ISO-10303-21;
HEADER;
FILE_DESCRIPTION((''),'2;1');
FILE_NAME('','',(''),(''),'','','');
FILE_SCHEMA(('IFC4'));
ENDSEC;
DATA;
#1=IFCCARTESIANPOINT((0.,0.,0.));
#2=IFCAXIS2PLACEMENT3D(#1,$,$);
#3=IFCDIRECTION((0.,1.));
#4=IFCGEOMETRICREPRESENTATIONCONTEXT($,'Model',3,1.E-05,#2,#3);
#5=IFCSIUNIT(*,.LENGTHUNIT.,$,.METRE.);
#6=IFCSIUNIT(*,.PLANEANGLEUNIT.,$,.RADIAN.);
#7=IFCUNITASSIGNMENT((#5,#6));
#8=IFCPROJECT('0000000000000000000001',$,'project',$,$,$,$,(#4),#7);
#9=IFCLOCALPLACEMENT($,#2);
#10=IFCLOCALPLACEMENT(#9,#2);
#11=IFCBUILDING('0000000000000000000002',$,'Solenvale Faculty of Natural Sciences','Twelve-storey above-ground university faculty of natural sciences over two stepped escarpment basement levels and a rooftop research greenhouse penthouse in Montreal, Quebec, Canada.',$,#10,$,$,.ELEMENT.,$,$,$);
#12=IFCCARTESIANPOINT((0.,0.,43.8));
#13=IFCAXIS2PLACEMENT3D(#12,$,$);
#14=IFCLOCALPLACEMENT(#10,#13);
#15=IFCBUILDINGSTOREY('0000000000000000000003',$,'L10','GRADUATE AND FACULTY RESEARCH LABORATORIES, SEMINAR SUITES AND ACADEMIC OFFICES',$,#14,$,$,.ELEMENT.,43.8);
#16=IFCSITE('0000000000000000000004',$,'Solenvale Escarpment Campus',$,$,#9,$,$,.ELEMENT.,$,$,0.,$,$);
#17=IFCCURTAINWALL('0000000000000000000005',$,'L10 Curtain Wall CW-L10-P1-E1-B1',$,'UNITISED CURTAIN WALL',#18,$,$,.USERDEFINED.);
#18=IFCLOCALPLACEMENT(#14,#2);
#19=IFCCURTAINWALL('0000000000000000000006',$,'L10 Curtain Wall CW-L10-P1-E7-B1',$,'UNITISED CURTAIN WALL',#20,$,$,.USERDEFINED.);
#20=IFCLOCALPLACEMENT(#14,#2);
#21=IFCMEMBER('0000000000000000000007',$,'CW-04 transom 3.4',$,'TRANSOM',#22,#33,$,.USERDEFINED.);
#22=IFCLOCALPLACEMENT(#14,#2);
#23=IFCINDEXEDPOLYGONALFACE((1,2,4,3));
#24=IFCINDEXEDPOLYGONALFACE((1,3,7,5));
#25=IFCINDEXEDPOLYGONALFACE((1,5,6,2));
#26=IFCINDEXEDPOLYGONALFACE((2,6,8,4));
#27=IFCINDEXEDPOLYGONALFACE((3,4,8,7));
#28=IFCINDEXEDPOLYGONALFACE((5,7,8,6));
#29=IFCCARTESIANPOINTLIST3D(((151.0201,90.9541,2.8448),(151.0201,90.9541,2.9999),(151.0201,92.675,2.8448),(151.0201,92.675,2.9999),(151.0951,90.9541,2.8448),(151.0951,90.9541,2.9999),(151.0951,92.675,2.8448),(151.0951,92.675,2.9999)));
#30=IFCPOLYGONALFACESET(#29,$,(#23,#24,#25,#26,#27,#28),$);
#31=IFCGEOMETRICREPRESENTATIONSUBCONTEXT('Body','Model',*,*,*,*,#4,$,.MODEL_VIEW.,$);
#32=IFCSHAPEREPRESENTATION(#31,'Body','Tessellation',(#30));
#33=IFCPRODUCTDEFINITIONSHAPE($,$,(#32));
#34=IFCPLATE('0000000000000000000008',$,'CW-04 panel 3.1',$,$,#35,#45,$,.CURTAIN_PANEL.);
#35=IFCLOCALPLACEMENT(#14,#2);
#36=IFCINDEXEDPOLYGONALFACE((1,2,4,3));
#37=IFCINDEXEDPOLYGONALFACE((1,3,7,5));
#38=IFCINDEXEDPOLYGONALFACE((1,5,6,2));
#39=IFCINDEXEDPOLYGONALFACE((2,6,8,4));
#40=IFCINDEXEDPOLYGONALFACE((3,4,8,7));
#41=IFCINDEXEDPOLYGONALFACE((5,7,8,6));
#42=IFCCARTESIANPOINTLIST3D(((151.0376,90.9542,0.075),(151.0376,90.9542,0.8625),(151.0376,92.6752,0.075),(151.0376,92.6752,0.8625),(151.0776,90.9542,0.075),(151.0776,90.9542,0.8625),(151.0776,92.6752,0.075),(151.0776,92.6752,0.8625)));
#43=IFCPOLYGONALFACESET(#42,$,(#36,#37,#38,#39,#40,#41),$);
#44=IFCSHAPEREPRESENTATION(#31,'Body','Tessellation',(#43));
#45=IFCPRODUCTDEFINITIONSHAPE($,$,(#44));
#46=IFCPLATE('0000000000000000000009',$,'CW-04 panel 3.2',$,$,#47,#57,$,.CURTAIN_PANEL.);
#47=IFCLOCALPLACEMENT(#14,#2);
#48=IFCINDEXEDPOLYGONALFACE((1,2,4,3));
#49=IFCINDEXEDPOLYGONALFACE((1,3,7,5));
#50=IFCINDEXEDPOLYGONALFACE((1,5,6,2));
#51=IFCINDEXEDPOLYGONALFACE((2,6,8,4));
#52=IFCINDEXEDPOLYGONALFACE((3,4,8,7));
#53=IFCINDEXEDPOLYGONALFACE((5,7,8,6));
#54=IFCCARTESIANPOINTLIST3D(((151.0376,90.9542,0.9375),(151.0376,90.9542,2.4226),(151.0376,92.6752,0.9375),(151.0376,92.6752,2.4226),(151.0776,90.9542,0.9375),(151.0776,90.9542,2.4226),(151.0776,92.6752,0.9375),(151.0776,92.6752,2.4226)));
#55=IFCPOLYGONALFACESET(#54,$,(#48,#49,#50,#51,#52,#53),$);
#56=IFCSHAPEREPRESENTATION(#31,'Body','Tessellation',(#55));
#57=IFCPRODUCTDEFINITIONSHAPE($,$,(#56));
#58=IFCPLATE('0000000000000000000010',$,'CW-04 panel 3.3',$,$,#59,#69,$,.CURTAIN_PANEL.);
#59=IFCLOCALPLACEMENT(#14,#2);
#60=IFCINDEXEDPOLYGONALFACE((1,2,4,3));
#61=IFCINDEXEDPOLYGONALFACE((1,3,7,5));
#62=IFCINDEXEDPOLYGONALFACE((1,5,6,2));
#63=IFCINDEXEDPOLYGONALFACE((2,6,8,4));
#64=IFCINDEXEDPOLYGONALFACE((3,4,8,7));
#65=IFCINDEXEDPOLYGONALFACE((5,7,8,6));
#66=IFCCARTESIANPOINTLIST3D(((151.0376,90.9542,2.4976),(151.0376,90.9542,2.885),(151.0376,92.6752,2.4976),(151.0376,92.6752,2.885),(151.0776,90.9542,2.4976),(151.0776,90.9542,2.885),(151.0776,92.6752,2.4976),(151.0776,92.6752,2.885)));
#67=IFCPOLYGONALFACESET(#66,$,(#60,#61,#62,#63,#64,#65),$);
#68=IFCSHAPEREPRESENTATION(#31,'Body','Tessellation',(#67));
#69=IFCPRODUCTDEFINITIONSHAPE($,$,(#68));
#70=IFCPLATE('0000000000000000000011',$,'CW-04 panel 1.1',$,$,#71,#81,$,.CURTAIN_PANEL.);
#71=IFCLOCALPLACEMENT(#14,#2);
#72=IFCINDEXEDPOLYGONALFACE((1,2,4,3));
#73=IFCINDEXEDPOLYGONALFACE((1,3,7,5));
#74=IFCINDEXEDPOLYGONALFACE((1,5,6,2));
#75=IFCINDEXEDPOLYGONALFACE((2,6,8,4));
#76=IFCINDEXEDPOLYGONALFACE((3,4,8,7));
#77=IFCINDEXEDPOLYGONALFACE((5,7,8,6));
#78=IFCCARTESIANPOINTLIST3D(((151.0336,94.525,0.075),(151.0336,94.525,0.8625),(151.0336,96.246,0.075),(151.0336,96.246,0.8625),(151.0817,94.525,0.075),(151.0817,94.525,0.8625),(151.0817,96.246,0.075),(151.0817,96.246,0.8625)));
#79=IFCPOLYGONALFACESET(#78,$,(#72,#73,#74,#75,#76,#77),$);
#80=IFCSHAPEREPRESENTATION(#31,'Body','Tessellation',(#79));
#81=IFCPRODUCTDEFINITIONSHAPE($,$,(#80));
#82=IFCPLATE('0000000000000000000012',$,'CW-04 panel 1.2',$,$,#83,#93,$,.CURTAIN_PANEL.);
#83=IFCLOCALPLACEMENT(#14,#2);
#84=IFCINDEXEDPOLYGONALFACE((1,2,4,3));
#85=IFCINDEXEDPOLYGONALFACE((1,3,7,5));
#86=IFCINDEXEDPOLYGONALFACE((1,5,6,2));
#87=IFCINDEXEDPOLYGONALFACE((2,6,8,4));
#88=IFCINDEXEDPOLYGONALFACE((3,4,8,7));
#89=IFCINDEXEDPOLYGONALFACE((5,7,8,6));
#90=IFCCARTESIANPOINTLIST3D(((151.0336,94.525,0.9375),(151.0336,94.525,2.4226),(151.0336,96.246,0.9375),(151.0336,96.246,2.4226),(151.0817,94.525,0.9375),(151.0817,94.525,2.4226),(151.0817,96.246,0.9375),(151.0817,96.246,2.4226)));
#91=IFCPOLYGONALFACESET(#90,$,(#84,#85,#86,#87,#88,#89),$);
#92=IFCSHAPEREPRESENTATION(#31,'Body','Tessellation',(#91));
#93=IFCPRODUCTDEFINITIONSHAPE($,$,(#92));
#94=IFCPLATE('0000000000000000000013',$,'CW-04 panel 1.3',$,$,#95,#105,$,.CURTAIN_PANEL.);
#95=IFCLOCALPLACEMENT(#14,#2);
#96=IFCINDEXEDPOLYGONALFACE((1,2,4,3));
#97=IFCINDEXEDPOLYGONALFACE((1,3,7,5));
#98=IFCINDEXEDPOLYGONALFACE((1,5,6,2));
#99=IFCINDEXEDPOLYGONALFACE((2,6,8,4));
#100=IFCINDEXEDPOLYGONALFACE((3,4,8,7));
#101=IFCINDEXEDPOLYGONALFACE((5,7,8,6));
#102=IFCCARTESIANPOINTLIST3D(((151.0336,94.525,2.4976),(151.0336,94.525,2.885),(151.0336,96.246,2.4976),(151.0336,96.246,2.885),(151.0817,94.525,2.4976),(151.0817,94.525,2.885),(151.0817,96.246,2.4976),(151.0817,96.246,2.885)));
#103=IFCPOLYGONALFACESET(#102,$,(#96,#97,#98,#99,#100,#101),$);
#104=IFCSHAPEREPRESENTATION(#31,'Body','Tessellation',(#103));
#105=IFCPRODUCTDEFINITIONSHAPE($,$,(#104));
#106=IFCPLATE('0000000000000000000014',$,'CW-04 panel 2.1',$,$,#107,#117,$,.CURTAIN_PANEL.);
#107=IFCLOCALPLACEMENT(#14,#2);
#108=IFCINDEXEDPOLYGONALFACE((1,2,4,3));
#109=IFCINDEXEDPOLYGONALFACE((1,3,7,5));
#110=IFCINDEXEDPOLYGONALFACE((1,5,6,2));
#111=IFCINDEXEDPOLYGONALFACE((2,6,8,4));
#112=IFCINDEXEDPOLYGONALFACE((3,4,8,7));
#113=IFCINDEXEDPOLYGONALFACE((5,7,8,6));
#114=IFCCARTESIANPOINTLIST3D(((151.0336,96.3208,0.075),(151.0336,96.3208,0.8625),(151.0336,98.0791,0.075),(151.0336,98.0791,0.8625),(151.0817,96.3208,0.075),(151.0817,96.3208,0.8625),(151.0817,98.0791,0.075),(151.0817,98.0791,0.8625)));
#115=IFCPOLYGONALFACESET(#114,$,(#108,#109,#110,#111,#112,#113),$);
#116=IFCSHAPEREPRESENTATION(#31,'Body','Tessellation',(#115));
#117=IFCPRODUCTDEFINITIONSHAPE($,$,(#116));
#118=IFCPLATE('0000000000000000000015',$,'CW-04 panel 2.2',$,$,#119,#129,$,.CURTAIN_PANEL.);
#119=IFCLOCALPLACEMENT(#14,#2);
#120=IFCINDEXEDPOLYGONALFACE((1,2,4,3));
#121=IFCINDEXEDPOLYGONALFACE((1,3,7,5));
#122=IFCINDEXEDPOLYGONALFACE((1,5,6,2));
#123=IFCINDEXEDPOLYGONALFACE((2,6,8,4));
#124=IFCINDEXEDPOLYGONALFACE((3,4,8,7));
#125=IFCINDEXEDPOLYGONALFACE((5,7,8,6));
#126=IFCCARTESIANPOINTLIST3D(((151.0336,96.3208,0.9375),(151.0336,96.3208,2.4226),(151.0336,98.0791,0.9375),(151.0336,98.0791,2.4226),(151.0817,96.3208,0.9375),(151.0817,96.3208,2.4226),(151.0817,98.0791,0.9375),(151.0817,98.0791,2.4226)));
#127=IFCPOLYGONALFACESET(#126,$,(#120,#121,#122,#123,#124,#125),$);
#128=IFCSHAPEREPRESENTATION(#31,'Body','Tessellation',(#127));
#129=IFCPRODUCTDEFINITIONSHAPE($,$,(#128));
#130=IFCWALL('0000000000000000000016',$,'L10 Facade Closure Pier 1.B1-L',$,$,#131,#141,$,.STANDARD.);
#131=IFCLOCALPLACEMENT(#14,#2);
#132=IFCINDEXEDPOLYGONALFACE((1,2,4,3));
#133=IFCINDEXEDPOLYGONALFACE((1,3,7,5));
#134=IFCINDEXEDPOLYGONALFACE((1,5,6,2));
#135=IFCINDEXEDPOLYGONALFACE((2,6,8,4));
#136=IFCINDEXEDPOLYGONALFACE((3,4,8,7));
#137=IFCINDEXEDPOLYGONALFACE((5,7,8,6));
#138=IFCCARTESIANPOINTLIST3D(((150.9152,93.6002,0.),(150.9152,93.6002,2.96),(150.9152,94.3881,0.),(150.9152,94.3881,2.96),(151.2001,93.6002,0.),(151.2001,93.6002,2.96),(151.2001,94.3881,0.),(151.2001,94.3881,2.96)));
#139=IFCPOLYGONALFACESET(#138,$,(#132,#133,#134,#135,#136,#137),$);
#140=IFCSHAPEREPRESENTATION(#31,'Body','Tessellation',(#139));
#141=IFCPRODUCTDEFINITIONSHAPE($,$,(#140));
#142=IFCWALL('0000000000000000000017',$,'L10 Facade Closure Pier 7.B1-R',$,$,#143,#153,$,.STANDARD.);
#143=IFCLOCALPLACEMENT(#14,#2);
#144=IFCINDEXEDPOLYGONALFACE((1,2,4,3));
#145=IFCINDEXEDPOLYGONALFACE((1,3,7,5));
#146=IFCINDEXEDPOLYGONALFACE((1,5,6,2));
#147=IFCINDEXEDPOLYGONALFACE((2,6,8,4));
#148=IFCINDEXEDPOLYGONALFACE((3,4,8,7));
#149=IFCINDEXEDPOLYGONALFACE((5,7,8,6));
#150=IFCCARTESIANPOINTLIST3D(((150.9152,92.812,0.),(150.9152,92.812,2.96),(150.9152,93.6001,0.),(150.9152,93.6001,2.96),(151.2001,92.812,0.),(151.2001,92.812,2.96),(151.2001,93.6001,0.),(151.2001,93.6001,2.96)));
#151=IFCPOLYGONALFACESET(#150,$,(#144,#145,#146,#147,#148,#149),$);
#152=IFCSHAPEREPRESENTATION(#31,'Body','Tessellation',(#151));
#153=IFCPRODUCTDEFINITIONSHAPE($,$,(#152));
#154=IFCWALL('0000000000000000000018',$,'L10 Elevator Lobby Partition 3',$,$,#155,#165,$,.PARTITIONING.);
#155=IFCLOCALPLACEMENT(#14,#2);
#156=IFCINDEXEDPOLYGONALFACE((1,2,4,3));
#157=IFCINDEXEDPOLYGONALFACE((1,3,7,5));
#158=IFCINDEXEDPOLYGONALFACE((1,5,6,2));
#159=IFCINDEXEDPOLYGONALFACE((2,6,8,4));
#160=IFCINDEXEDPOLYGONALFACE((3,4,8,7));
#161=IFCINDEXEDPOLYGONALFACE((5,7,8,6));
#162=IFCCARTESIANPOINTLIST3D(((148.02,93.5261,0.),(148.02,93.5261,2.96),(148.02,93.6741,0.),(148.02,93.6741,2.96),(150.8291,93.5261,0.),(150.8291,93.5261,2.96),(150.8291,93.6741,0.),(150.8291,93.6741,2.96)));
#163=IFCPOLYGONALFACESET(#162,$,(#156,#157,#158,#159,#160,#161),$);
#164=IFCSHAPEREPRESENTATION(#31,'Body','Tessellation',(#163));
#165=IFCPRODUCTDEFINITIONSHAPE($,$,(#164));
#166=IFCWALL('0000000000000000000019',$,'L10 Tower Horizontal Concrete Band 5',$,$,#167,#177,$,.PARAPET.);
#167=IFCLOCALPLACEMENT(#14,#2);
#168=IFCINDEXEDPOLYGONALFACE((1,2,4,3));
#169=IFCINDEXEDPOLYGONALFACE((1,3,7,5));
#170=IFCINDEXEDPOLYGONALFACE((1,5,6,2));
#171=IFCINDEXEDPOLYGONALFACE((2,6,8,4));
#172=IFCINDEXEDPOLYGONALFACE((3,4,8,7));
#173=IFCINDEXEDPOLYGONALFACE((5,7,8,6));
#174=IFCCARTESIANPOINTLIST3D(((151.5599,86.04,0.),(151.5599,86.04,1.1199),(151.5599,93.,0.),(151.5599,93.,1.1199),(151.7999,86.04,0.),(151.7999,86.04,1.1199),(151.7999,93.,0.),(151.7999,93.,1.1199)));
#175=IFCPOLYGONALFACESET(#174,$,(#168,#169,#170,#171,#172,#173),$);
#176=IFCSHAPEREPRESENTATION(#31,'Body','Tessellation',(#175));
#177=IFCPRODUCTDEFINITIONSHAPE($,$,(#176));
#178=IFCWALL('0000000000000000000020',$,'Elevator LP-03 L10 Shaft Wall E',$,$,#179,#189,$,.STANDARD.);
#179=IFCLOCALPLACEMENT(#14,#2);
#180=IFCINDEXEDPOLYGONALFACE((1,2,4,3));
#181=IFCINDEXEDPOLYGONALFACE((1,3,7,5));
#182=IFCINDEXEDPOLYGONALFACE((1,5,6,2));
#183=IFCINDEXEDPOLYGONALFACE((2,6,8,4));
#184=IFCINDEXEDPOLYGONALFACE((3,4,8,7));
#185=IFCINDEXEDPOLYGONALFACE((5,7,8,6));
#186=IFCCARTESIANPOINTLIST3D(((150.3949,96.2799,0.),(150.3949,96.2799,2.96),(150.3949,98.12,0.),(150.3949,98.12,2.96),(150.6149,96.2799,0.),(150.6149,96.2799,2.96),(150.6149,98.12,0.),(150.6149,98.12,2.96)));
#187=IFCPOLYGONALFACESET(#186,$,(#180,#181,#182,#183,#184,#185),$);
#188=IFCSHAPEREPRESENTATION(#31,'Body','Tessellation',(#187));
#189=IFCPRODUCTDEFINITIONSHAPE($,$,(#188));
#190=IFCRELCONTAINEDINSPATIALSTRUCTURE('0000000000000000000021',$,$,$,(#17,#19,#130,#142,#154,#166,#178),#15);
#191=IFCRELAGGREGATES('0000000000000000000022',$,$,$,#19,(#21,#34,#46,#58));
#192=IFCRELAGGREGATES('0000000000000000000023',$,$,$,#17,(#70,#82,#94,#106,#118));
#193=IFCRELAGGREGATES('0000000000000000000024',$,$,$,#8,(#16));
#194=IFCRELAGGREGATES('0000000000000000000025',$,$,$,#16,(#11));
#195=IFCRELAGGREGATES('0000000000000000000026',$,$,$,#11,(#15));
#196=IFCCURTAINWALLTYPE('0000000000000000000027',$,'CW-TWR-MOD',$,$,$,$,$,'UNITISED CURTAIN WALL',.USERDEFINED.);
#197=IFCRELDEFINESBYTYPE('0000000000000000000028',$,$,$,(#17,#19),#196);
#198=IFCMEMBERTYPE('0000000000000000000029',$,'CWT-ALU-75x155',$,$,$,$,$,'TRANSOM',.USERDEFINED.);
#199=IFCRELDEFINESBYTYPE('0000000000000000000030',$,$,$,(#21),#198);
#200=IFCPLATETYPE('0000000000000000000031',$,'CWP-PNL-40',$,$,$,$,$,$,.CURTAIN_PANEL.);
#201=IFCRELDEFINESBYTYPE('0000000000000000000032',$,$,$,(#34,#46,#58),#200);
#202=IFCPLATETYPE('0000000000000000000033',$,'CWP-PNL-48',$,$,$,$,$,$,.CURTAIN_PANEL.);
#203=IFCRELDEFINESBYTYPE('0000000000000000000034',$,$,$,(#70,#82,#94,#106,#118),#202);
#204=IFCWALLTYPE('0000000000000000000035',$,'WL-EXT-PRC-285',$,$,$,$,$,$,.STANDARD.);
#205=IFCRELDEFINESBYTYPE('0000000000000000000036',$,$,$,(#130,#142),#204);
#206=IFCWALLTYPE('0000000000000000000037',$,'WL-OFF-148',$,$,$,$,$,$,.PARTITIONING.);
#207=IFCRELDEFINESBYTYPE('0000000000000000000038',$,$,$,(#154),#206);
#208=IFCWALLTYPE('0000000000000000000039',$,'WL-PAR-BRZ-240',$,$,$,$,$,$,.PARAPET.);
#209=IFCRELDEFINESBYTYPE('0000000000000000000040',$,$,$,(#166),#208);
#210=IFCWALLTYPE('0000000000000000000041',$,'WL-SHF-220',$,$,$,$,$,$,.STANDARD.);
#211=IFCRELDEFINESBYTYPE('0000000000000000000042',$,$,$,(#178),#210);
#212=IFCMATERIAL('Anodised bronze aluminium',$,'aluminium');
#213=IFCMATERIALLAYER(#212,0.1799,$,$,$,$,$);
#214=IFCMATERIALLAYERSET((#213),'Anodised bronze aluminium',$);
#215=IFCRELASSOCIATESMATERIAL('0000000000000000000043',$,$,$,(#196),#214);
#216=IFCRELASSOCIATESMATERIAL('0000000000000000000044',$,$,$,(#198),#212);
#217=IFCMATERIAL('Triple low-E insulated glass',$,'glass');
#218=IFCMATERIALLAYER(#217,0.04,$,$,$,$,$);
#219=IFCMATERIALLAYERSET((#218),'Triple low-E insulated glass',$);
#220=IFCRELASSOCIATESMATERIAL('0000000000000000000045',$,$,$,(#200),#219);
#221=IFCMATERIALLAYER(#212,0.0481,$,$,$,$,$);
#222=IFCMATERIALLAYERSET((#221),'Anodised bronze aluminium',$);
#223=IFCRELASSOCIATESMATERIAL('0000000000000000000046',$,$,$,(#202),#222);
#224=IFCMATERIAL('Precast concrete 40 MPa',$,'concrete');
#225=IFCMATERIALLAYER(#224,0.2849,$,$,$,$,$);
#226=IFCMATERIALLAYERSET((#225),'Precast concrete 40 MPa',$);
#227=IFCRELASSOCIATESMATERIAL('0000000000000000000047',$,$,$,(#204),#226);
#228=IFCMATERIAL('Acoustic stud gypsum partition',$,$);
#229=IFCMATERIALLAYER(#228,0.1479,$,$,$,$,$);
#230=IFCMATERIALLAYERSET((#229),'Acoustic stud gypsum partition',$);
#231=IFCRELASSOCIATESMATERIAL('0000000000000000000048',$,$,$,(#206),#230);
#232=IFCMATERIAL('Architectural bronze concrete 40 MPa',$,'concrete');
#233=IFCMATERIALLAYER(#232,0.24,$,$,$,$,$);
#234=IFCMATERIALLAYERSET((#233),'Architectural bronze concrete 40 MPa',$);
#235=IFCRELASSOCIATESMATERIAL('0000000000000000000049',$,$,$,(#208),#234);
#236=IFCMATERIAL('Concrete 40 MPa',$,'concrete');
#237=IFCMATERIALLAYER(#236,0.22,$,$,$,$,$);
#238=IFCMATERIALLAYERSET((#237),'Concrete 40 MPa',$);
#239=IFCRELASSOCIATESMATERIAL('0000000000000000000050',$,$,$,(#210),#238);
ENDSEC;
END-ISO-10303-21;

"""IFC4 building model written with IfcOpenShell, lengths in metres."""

from ifc_helpers import new_model, si_unit, direction, frame, frame_2d, origin, origin_2d, place, context, subcontext, project, spatial, rectangle, extrude, material, layer, layer_set, material_profile, profile_set, type_object, element, aggregate, save


model = new_model("IFC4")

# Units and contexts
model_context = context("Model", 3, precision=1e-05, world=origin(), true_north=direction((0.0, 1.0)))
body_context = subcontext(model_context, "Body", "Model", "MODEL_VIEW")
ifc_project = project(units=[si_unit("LENGTHUNIT", "METRE"), si_unit("PLANEANGLEUNIT", "RADIAN")], contexts=[model_context])

# Site, building, storey
site_placement = place(None, origin())
site = spatial("IfcSite", under=ifc_project, at=site_placement, Name="Solenvale Escarpment Campus", CompositionType="ELEMENT", RefElevation=0.0)
building_placement = place(site_placement, origin())
building = spatial("IfcBuilding", under=site, at=building_placement, Name="Solenvale Faculty of Natural Sciences", Description="Twelve-storey above-ground university faculty of natural sciences over two stepped escarpment basement levels and a rooftop research greenhouse penthouse in Montreal, Quebec, Canada.", CompositionType="ELEMENT")
storey_placement = place(building_placement, frame((0.0, 0.0, 43.8)))
storey = spatial("IfcBuildingStorey", under=building, at=storey_placement, Name="L10", Description="GRADUATE AND FACULTY RESEARCH LABORATORIES, SEMINAR SUITES AND ACADEMIC OFFICES", CompositionType="ELEMENT", Elevation=43.8)

# Shared definitions
ifc_material_1 = material(Name="Concrete 40 MPa", Category="concrete")

# Curtain wall
ifc_material_2 = material(Name="Anodised bronze aluminium", Category="aluminium")
ifc_layer_1 = layer(ifc_material_2, 0.1799)
ifc_layer_set_1 = layer_set([ifc_layer_1], Name="Anodised bronze aluminium")
curtain_wall_type = type_object("IfcCurtainWallType", Name="CW-TWR-MOD", ElementType="UNITISED CURTAIN WALL", PredefinedType="USERDEFINED", material=ifc_layer_set_1)
curtain_wall_1_placement = place(storey_placement, origin())
curtain_wall_1 = element("IfcCurtainWall", 1, at=curtain_wall_1_placement, inside=storey, type_object=curtain_wall_type, Name="L10 Curtain Wall CW-L10-P1-E1-B1", ObjectType="UNITISED CURTAIN WALL", PredefinedType="USERDEFINED")

# Curtain wall
curtain_wall_2_placement = place(storey_placement, origin())
curtain_wall_2 = element("IfcCurtainWall", 2, at=curtain_wall_2_placement, inside=storey, type_object=curtain_wall_type, Name="L10 Curtain Wall CW-L10-P1-E7-B1", ObjectType="UNITISED CURTAIN WALL", PredefinedType="USERDEFINED")

# Member
ifc_material_profile_1 = material_profile(ifc_material_2, rectangle(XDim=0.075, YDim=0.155, at=origin_2d()), Name="ALU-TRN-75x155")
ifc_profile_set_1 = profile_set([ifc_material_profile_1], Name="Anodised bronze aluminium")
member_type_1 = type_object("IfcMemberType", Name="CWT-ALU-75x155", ElementType="TRANSOM", PredefinedType="USERDEFINED", material=ifc_profile_set_1)
member_1_placement = place(storey_placement, frame((151.0576, 90.9541, 2.9224), z_axis=(0.0, 1.0, 0.0), x_axis=(-1.0, 0.0, 0.0)))
member_1 = element("IfcMember", 3, at=member_1_placement, type_object=member_type_1, Name="CW-04 transom 3.4", ObjectType="TRANSOM", PredefinedType="USERDEFINED", context=body_context, shape_type="SweptSolid", body=[
    extrude(rectangle(XDim=0.075, YDim=0.155, at=origin_2d()), origin(), (0.0, 0.0, 1.0), 1.7209),
])

# Plates
ifc_material_3 = material(Name="Triple low-E insulated glass", Category="glass")
ifc_layer_2 = layer(ifc_material_3, 0.04)
ifc_layer_set_2 = layer_set([ifc_layer_2], Name="Triple low-E insulated glass")
plate_type_1 = type_object("IfcPlateType", Name="CWP-PNL-40", PredefinedType="CURTAIN_PANEL", material=ifc_layer_set_2)
plate_1_placement = place(storey_placement, frame((151.0576, 91.8147, 0.075), z_axis=(0.0, 0.0, 1.0), x_axis=(0.0, 1.0, 0.0)))
plate_1 = element("IfcPlate", 4, at=plate_1_placement, type_object=plate_type_1, Name="CW-04 panel 3.1", PredefinedType="CURTAIN_PANEL", context=body_context, shape_type="SweptSolid", body=[
    extrude(rectangle(XDim=1.7209, YDim=0.04, at=origin_2d()), origin(), (0.0, 0.0, 1.0), 0.7876),
])
plate_2_placement = place(storey_placement, frame((151.0576, 91.8147, 0.9375), z_axis=(0.0, 0.0, 1.0), x_axis=(0.0, 1.0, 0.0)))
plate_2 = element("IfcPlate", 5, at=plate_2_placement, type_object=plate_type_1, Name="CW-04 panel 3.2", PredefinedType="CURTAIN_PANEL", context=body_context, shape_type="SweptSolid", body=[
    extrude(rectangle(XDim=1.7209, YDim=0.04, at=origin_2d()), origin(), (0.0, 0.0, 1.0), 1.4851),
])
plate_3_placement = place(storey_placement, frame((151.0576, 91.8147, 2.4976), z_axis=(0.0, 0.0, 1.0), x_axis=(0.0, 1.0, 0.0)))
plate_3 = element("IfcPlate", 6, at=plate_3_placement, type_object=plate_type_1, Name="CW-04 panel 3.3", PredefinedType="CURTAIN_PANEL", context=body_context, shape_type="SweptSolid", body=[
    extrude(rectangle(XDim=1.7209, YDim=0.04, at=origin_2d()), origin(), (0.0, 0.0, 1.0), 0.3875),
])
aggregate(curtain_wall_2, [member_1, plate_1, plate_2, plate_3])
ifc_layer_3 = layer(ifc_material_2, 0.0481)
ifc_layer_set_3 = layer_set([ifc_layer_3], Name="Anodised bronze aluminium")
plate_type_2 = type_object("IfcPlateType", Name="CWP-PNL-48", PredefinedType="CURTAIN_PANEL", material=ifc_layer_set_3)
plate_4_placement = place(storey_placement, frame((151.0576, 95.3855, 0.075), z_axis=(0.0, 0.0, 1.0), x_axis=(0.0, 1.0, 0.0)))
plate_4 = element("IfcPlate", 7, at=plate_4_placement, type_object=plate_type_2, Name="CW-04 panel 1.1", PredefinedType="CURTAIN_PANEL", context=body_context, shape_type="SweptSolid", body=[
    extrude(rectangle(XDim=1.7209, YDim=0.0481, at=origin_2d()), origin(), (0.0, 0.0, 1.0), 0.7876),
])
plate_5_placement = place(storey_placement, frame((151.0576, 95.3855, 0.9375), z_axis=(0.0, 0.0, 1.0), x_axis=(0.0, 1.0, 0.0)))
plate_5 = element("IfcPlate", 8, at=plate_5_placement, type_object=plate_type_2, Name="CW-04 panel 1.2", PredefinedType="CURTAIN_PANEL", context=body_context, shape_type="SweptSolid", body=[
    extrude(rectangle(XDim=1.7209, YDim=0.0481, at=origin_2d()), origin(), (0.0, 0.0, 1.0), 1.4851),
])
plate_6_placement = place(storey_placement, frame((151.0576, 95.3855, 2.4976), z_axis=(0.0, 0.0, 1.0), x_axis=(0.0, 1.0, 0.0)))
plate_6 = element("IfcPlate", 9, at=plate_6_placement, type_object=plate_type_2, Name="CW-04 panel 1.3", PredefinedType="CURTAIN_PANEL", context=body_context, shape_type="SweptSolid", body=[
    extrude(rectangle(XDim=1.7209, YDim=0.0481, at=origin_2d()), origin(), (0.0, 0.0, 1.0), 0.3875),
])
plate_7_placement = place(storey_placement, frame((151.0576, 97.2, 0.075), z_axis=(0.0, 0.0, 1.0), x_axis=(0.0, 1.0, 0.0)))
plate_7 = element("IfcPlate", 10, at=plate_7_placement, type_object=plate_type_2, Name="CW-04 panel 2.1", PredefinedType="CURTAIN_PANEL", context=body_context, shape_type="SweptSolid", body=[
    extrude(rectangle(XDim=1.7583, YDim=0.0481, at=origin_2d()), origin(), (0.0, 0.0, 1.0), 0.7876),
])
plate_8_placement = place(storey_placement, frame((151.0576, 97.2, 0.9375), z_axis=(0.0, 0.0, 1.0), x_axis=(0.0, 1.0, 0.0)))
plate_8 = element("IfcPlate", 11, at=plate_8_placement, type_object=plate_type_2, Name="CW-04 panel 2.2", PredefinedType="CURTAIN_PANEL", context=body_context, shape_type="SweptSolid", body=[
    extrude(rectangle(XDim=1.7583, YDim=0.0481, at=origin_2d()), origin(), (0.0, 0.0, 1.0), 1.4851),
])
aggregate(curtain_wall_1, [plate_4, plate_5, plate_6, plate_7, plate_8])

# Walls
ifc_material_4 = material(Name="Precast concrete 40 MPa", Category="concrete")
ifc_layer_4 = layer(ifc_material_4, 0.2849)
ifc_layer_set_4 = layer_set([ifc_layer_4], Name="Precast concrete 40 MPa")
wall_type_1 = type_object("IfcWallType", Name="WL-EXT-PRC-285", PredefinedType="STANDARD", material=ifc_layer_set_4)
wall_1_placement = place(storey_placement, frame((151.0576, 93.6001, 0.0), z_axis=(0.0, 0.0, 1.0), x_axis=(0.0, 1.0, 0.0)))
element("IfcWall", 12, at=wall_1_placement, inside=storey, type_object=wall_type_1, Name="L10 Facade Closure Pier 1.B1-L", PredefinedType="STANDARD", context=body_context, shape_type="SweptSolid", body=[
    extrude(rectangle(XDim=0.7878, YDim=0.2849, at=frame_2d((0.394, 0.0))), origin(), (0.0, 0.0, 1.0), 2.96),
])
wall_2_placement = place(storey_placement, frame((151.0576, 92.812, 0.0), z_axis=(0.0, 0.0, 1.0), x_axis=(0.0, 1.0, 0.0)))
element("IfcWall", 13, at=wall_2_placement, inside=storey, type_object=wall_type_1, Name="L10 Facade Closure Pier 7.B1-R", PredefinedType="STANDARD", context=body_context, shape_type="SweptSolid", body=[
    extrude(rectangle(XDim=0.7881, YDim=0.2849, at=frame_2d((0.394, 0.0))), origin(), (0.0, 0.0, 1.0), 2.96),
])
ifc_material_5 = material(Name="Acoustic stud gypsum partition")
ifc_layer_5 = layer(ifc_material_5, 0.1479)
ifc_layer_set_5 = layer_set([ifc_layer_5], Name="Acoustic stud gypsum partition")
wall_type_2 = type_object("IfcWallType", Name="WL-OFF-148", PredefinedType="PARTITIONING", material=ifc_layer_set_5)
wall_3_placement = place(storey_placement, frame((150.8291, 93.6001, 0.0), z_axis=(0.0, 0.0, 1.0), x_axis=(-1.0, 0.0, 0.0)))
element("IfcWall", 14, at=wall_3_placement, inside=storey, type_object=wall_type_2, Name="L10 Elevator Lobby Partition 3", PredefinedType="PARTITIONING", context=body_context, shape_type="SweptSolid", body=[
    extrude(rectangle(XDim=2.8091, YDim=0.1479, at=frame_2d((1.4045, 0.0))), origin(), (0.0, 0.0, 1.0), 2.96),
])
ifc_material_6 = material(Name="Architectural bronze concrete 40 MPa", Category="concrete")
ifc_layer_6 = layer(ifc_material_6, 0.24)
ifc_layer_set_6 = layer_set([ifc_layer_6], Name="Architectural bronze concrete 40 MPa")
wall_type_3 = type_object("IfcWallType", Name="WL-PAR-BRZ-240", PredefinedType="PARAPET", material=ifc_layer_set_6)
wall_4_placement = place(storey_placement, frame((151.6799, 93.0, 0.0), z_axis=(0.0, 0.0, 1.0), x_axis=(0.0, -1.0, 0.0)))
element("IfcWall", 15, at=wall_4_placement, inside=storey, type_object=wall_type_3, Name="L10 Tower Horizontal Concrete Band 5", PredefinedType="PARAPET", context=body_context, shape_type="SweptSolid", body=[
    extrude(rectangle(XDim=6.96, YDim=0.24, at=frame_2d((3.48, 0.0))), origin(), (0.0, 0.0, 1.0), 1.1199),
])
ifc_layer_7 = layer(ifc_material_1, 0.22)
ifc_layer_set_7 = layer_set([ifc_layer_7], Name="Concrete 40 MPa")
wall_type_4 = type_object("IfcWallType", Name="WL-SHF-220", PredefinedType="STANDARD", material=ifc_layer_set_7)
wall_5_placement = place(storey_placement, frame((150.5049, 96.28, 0.0), z_axis=(0.0, 0.0, 1.0), x_axis=(0.0, 1.0, 0.0)))
element("IfcWall", 16, at=wall_5_placement, inside=storey, type_object=wall_type_4, Name="Elevator LP-03 L10 Shaft Wall E", PredefinedType="STANDARD", context=body_context, shape_type="SweptSolid", body=[
    extrude(rectangle(XDim=1.8401, YDim=0.22, at=frame_2d((0.9199, 0.0))), origin(), (0.0, 0.0, 1.0), 2.96),
])

save(model, "model.ifc")
